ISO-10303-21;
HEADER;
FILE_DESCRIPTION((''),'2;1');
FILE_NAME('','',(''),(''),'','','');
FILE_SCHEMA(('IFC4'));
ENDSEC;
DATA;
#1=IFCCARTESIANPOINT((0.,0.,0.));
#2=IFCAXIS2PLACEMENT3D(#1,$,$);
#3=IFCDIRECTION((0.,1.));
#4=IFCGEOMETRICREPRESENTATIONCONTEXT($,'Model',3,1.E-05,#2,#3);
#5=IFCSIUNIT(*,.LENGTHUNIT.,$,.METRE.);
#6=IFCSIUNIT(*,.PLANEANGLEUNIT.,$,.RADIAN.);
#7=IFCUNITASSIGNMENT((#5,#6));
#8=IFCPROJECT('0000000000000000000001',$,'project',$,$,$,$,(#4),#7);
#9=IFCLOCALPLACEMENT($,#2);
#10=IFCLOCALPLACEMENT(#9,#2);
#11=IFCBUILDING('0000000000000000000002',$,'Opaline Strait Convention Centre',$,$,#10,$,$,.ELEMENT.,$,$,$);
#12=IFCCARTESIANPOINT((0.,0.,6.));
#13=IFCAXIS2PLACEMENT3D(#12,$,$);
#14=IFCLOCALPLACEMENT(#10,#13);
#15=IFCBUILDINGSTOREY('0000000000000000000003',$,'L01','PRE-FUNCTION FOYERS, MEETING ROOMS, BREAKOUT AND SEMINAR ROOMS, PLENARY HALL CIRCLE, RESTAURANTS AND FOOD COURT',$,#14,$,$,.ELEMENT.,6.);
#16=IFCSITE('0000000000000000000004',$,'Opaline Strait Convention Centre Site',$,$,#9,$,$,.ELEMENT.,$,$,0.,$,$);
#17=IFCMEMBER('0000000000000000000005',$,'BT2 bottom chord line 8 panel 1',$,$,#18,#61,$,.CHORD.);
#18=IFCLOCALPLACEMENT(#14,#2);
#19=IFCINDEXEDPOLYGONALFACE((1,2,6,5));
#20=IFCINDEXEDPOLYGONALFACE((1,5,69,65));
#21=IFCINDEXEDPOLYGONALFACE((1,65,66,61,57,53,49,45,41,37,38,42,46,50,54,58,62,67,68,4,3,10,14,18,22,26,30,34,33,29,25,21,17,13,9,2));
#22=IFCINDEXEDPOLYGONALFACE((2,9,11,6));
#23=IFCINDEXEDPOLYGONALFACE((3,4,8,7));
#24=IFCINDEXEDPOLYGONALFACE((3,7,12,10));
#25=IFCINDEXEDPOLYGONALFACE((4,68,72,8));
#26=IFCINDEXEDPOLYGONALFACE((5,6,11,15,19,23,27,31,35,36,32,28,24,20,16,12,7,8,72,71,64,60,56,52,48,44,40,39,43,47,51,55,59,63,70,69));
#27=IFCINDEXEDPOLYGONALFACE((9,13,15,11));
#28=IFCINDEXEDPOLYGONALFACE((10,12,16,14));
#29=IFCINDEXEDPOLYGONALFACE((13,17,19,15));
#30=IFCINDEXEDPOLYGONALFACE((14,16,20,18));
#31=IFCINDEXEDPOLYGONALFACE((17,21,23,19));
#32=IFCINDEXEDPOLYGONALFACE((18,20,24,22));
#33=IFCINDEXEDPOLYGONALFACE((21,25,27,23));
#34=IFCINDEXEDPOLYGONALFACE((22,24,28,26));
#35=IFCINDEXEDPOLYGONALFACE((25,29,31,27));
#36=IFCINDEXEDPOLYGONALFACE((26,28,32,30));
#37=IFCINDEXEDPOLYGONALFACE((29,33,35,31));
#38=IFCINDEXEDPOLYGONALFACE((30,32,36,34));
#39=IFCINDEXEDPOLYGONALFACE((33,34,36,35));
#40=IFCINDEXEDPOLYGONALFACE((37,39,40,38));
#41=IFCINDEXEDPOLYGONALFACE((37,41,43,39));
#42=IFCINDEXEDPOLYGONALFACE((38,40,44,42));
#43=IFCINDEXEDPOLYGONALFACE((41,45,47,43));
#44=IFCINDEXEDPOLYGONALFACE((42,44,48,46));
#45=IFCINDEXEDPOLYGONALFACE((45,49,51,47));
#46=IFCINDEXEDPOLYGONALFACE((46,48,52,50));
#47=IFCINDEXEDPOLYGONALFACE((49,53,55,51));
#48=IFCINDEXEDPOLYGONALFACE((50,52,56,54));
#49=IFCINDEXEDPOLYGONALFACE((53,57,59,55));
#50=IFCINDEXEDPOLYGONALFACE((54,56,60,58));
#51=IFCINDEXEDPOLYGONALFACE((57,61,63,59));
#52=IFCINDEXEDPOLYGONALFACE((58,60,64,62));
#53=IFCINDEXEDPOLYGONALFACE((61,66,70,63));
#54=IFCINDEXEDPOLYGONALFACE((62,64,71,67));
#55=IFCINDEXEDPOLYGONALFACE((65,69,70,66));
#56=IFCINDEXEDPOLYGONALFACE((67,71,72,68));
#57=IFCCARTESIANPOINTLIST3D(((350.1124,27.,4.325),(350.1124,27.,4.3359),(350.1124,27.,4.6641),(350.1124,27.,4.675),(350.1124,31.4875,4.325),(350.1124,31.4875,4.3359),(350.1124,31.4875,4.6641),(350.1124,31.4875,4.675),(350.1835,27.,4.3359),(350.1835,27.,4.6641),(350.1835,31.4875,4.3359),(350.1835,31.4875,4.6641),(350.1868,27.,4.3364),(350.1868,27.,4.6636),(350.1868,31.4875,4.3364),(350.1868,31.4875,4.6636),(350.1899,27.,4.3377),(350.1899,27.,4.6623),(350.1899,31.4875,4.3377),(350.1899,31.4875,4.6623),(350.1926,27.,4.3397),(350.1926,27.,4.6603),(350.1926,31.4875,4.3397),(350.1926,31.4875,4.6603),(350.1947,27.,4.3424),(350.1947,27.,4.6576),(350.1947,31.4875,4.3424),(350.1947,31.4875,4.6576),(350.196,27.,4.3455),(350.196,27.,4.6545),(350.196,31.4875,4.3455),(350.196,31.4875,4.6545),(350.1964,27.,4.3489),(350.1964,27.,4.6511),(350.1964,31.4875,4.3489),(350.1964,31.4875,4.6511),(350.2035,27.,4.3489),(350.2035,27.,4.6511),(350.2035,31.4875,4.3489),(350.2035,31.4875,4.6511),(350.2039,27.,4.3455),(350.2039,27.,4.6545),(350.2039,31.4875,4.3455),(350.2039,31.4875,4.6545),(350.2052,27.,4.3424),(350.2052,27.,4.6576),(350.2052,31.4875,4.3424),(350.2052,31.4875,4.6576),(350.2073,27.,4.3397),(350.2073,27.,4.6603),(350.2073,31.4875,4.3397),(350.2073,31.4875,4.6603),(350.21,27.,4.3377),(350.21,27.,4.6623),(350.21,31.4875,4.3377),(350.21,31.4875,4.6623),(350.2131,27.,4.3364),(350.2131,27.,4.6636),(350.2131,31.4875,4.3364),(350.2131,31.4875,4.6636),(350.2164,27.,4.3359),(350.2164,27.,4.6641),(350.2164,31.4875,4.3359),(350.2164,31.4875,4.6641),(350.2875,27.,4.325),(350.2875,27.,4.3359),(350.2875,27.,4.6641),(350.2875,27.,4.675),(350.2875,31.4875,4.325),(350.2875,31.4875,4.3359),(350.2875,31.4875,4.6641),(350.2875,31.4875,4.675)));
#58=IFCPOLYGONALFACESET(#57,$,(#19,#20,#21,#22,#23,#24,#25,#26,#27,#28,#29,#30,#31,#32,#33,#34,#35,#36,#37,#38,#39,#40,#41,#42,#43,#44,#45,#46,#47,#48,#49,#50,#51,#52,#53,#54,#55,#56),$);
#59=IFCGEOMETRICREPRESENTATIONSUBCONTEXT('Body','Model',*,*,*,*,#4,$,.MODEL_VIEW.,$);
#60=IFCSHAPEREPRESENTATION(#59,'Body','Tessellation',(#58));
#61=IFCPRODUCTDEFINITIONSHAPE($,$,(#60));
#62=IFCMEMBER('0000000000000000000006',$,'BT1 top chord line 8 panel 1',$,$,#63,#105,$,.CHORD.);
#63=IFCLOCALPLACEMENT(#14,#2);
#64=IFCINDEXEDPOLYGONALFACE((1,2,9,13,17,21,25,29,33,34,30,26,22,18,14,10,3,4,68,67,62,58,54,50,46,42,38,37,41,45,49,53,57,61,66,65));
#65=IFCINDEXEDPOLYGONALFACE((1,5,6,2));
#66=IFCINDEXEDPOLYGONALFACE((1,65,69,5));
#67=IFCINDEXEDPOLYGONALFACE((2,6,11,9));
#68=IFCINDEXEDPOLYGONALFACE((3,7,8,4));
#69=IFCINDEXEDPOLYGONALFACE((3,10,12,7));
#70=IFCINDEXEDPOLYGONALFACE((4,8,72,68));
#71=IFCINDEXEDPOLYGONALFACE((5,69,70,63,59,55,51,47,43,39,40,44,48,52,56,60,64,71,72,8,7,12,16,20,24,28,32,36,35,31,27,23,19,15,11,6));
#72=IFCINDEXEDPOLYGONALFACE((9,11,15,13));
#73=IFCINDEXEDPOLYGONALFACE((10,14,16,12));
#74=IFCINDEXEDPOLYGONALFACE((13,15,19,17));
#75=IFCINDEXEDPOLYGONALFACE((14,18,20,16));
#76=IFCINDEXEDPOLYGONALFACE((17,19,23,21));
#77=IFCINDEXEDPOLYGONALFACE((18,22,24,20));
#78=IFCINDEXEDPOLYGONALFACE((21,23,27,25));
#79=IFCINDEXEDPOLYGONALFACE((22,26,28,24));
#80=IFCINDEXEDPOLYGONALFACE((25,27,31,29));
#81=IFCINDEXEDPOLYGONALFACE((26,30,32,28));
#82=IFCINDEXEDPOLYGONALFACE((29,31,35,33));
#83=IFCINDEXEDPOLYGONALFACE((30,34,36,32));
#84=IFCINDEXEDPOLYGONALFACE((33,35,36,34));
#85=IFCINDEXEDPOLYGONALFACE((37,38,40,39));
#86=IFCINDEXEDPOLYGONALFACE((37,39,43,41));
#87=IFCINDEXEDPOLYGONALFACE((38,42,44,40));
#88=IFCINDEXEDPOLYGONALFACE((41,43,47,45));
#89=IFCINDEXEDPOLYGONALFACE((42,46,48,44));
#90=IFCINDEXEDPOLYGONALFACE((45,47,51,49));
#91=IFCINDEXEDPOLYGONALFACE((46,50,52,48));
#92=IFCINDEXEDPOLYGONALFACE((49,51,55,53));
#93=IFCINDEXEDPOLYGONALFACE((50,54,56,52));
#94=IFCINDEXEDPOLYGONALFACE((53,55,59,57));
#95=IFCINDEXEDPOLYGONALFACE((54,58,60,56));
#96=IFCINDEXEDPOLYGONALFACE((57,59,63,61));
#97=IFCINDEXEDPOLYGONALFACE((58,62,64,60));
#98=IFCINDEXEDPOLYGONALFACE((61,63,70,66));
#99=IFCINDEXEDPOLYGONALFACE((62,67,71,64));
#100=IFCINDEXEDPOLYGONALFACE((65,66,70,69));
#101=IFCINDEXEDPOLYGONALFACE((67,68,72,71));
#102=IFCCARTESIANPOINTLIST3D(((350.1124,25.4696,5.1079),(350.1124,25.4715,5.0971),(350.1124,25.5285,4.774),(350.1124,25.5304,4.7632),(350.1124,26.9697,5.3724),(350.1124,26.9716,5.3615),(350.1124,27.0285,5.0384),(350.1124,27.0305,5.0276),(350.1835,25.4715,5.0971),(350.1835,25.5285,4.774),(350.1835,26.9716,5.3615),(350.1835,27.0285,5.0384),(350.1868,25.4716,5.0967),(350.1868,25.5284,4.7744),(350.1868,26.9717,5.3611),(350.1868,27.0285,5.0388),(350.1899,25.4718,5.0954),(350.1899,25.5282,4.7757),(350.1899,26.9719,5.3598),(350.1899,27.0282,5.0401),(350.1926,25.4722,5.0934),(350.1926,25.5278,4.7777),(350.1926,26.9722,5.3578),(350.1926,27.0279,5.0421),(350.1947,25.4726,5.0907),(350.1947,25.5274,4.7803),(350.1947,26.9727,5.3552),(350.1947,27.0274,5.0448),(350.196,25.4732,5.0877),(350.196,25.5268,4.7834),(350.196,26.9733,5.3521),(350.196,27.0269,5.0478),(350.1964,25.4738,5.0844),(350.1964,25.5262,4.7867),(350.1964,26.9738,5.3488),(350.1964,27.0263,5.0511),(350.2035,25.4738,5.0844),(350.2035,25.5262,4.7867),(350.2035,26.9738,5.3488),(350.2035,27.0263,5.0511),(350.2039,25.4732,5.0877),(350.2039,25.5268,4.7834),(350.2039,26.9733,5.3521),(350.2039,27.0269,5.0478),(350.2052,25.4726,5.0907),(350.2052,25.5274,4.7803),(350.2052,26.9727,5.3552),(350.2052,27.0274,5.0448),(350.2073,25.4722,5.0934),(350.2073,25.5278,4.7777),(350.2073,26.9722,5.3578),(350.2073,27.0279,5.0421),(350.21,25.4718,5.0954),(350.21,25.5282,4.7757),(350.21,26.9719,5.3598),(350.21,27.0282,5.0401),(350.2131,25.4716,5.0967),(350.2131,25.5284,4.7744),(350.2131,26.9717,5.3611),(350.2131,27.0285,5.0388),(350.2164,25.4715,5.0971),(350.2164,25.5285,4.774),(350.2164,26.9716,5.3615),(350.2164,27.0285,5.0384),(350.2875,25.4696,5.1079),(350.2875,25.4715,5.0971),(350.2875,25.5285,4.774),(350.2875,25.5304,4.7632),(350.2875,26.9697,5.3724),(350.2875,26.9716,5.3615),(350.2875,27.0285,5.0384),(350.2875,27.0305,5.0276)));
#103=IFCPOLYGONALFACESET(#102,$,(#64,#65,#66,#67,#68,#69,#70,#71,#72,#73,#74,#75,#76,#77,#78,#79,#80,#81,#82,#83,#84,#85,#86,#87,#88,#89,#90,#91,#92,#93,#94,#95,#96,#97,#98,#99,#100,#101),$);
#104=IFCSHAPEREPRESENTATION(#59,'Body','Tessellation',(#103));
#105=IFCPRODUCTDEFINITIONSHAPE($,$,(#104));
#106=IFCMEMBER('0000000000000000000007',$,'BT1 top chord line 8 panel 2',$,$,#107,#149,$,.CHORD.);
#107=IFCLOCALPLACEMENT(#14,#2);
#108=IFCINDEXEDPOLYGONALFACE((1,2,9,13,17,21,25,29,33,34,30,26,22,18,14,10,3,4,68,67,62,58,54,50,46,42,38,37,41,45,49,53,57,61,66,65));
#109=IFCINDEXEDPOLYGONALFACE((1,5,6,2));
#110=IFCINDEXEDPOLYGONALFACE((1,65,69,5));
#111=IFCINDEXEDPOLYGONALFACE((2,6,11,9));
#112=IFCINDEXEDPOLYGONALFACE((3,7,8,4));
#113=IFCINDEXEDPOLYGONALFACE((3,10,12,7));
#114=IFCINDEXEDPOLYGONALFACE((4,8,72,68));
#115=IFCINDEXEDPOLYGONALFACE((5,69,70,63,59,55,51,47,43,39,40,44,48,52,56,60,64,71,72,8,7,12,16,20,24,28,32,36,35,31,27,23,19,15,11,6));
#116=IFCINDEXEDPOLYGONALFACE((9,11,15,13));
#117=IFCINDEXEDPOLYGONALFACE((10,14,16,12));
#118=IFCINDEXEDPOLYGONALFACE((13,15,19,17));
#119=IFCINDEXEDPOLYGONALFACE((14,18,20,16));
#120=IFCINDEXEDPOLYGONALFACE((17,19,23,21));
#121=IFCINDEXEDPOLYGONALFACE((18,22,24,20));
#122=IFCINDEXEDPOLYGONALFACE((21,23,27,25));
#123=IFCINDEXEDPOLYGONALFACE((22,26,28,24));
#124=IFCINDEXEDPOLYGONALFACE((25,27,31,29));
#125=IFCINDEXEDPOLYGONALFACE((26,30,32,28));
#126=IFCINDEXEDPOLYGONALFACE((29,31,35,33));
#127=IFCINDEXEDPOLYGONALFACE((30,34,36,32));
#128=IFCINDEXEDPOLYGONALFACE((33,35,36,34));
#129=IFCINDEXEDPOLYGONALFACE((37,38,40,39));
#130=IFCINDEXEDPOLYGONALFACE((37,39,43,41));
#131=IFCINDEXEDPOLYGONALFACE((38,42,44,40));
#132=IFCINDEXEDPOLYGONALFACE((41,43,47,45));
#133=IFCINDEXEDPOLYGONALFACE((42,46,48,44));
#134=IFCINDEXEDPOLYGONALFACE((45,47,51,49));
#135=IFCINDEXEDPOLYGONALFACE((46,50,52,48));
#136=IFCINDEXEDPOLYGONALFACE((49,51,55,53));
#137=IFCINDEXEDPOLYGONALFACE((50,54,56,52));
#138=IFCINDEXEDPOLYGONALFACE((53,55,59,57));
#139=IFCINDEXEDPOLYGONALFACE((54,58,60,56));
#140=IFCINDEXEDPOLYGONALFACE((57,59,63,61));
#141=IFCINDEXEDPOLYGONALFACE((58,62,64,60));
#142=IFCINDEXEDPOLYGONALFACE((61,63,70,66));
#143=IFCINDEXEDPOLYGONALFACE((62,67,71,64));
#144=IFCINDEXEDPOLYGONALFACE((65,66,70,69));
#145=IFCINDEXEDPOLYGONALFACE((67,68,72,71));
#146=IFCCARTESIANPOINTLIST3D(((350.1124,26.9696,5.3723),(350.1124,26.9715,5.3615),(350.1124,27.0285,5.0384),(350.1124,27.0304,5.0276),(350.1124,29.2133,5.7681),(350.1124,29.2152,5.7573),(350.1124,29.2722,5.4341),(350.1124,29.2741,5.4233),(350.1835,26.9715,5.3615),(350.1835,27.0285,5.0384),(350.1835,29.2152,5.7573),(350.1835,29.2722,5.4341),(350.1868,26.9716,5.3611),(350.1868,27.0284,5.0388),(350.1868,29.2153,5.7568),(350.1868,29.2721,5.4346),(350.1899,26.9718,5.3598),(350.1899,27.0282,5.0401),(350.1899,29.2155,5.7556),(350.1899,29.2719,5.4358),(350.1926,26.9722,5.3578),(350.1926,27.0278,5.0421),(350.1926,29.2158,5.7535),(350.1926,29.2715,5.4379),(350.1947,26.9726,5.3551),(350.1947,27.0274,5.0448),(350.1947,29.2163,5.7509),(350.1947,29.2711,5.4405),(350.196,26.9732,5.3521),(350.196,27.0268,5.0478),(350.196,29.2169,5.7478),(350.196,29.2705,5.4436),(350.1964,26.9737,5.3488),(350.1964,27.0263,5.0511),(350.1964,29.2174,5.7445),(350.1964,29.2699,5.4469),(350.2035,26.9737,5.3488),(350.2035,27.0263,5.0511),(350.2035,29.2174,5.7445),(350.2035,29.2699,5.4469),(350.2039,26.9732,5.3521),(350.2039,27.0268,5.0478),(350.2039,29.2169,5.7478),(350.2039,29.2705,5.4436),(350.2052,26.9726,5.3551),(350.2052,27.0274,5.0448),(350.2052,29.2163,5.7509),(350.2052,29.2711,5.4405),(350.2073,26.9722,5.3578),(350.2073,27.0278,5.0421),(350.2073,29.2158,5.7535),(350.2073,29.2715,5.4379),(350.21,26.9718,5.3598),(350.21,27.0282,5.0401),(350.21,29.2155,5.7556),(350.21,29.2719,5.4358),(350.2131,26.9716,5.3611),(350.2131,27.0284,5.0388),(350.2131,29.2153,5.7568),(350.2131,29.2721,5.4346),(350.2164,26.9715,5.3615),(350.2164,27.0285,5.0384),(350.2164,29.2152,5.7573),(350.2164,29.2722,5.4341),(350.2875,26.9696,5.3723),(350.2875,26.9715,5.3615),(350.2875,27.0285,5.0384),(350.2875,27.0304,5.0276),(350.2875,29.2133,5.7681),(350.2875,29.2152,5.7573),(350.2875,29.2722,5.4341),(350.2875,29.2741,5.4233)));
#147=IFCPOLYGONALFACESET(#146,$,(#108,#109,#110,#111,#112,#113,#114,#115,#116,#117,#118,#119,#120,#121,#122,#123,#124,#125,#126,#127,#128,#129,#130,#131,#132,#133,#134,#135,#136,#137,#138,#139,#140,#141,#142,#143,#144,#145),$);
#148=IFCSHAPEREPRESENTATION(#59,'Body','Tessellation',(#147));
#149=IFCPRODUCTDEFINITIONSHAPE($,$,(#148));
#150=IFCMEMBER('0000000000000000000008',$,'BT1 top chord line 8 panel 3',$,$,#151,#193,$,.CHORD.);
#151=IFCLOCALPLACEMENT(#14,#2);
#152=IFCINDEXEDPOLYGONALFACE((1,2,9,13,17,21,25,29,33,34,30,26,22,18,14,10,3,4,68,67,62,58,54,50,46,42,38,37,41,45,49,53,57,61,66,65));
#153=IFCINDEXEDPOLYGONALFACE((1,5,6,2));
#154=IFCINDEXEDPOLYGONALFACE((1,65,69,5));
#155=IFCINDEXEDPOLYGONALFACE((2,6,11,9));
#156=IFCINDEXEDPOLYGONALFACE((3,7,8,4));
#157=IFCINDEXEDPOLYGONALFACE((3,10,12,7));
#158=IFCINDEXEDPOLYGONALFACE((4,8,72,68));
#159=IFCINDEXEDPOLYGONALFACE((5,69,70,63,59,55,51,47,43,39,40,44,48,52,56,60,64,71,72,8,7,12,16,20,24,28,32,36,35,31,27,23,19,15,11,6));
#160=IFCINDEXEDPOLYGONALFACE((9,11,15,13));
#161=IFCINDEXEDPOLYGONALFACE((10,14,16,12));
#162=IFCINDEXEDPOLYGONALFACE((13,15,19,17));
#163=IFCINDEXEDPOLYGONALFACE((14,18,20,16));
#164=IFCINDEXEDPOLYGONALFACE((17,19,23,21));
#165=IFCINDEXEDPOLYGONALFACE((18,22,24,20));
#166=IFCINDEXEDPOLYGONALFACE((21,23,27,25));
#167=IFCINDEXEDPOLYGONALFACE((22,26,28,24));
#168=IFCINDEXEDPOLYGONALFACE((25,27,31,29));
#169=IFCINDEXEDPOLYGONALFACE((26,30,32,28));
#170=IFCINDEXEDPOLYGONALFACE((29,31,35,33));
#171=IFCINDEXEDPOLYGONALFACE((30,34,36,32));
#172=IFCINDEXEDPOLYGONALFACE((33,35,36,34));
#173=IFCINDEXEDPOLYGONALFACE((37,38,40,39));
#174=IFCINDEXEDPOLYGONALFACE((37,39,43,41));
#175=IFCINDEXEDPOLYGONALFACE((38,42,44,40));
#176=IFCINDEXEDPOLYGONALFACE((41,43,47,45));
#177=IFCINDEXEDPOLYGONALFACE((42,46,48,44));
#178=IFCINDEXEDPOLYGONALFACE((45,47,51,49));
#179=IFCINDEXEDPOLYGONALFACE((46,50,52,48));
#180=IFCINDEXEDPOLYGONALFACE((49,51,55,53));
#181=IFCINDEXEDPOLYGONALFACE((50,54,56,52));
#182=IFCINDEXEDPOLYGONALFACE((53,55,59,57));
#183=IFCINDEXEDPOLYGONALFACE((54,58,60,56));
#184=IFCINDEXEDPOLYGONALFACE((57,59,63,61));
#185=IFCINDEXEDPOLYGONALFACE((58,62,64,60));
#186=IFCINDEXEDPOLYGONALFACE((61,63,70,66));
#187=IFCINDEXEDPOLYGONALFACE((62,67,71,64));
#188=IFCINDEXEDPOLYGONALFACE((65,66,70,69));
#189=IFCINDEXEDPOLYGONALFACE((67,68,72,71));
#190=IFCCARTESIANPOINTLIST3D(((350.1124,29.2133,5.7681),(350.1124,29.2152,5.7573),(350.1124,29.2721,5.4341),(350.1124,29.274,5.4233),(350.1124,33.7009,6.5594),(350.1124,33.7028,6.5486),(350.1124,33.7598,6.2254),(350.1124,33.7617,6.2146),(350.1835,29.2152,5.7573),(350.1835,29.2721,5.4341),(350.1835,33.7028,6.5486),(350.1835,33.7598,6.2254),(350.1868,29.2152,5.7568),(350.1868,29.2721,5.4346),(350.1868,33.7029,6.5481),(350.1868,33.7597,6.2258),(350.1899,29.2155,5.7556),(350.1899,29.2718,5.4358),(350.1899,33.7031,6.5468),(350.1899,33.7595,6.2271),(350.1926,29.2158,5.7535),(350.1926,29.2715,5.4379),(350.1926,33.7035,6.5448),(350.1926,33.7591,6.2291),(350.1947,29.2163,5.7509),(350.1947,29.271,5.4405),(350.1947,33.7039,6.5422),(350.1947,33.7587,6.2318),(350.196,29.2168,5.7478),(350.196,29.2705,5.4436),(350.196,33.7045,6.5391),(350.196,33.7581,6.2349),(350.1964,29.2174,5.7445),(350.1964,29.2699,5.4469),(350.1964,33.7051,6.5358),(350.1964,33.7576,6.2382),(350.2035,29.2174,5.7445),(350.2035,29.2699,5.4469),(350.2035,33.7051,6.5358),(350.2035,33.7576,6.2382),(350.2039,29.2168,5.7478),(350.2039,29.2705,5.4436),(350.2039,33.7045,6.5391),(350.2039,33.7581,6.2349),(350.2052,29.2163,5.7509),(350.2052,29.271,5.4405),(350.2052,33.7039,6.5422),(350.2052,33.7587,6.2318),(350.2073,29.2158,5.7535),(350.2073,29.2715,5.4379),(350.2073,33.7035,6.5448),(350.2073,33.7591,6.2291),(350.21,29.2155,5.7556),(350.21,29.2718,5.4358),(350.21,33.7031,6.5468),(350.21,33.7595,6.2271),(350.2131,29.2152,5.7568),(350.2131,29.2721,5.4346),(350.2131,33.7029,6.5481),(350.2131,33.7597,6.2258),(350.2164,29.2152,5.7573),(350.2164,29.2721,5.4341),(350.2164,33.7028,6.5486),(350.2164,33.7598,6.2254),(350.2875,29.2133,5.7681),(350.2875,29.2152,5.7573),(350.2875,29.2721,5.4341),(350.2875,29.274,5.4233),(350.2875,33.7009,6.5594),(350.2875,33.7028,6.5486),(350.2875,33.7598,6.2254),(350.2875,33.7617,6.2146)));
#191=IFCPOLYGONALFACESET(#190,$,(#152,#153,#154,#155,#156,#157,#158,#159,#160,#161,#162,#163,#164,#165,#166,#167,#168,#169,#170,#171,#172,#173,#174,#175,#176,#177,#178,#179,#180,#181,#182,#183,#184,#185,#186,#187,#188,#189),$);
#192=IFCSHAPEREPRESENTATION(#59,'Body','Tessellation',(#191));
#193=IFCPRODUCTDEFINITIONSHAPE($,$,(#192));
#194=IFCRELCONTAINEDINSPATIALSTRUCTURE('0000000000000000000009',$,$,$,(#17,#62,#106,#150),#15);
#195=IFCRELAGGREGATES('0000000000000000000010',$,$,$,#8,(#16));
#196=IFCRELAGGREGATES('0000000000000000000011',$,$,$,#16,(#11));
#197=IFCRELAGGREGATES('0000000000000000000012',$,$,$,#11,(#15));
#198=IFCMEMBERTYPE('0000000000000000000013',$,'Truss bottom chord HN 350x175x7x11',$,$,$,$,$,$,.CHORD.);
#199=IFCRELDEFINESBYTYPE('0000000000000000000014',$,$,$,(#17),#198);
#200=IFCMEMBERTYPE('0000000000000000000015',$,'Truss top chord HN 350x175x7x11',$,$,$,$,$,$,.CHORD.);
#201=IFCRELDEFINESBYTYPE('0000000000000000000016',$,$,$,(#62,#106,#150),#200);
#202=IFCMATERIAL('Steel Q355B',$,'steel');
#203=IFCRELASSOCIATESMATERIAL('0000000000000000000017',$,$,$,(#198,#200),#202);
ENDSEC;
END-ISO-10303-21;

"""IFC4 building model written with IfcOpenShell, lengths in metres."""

from ifc_helpers import new_model, si_unit, direction, frame, origin, origin_2d, place, context, subcontext, project, spatial, i_section, extrude, material, material_profile, profile_set, type_object, element, save


model = new_model("IFC4")

# Units and contexts
model_context = context("Model", 3, precision=1e-05, world=origin(), true_north=direction((0.0, 1.0)))
body_context = subcontext(model_context, "Body", "Model", "MODEL_VIEW")
ifc_project = project(units=[si_unit("LENGTHUNIT", "METRE"), si_unit("PLANEANGLEUNIT", "RADIAN")], contexts=[model_context])

# Site, building, storey
site_placement = place(None, origin())
site = spatial("IfcSite", under=ifc_project, at=site_placement, Name="Opaline Strait Convention Centre Site", CompositionType="ELEMENT", RefElevation=0.0)
building_placement = place(site_placement, origin())
building = spatial("IfcBuilding", under=site, at=building_placement, Name="Opaline Strait Convention Centre", CompositionType="ELEMENT")
storey_placement = place(building_placement, frame((0.0, 0.0, 6.0)))
storey = spatial("IfcBuildingStorey", under=building, at=storey_placement, Name="L01", Description="PRE-FUNCTION FOYERS, MEETING ROOMS, BREAKOUT AND SEMINAR ROOMS, PLENARY HALL CIRCLE, RESTAURANTS AND FOOD COURT", CompositionType="ELEMENT", Elevation=6.0)

# Members
ifc_material_1 = material(Name="Steel Q355B", Category="steel")
ifc_material_profile_1 = material_profile(ifc_material_1, i_section(OverallWidth=0.175, OverallDepth=0.3501, WebThickness=0.0071, FlangeThickness=0.011, FilletRadius=0.0129, at=origin_2d()), Name="HN 350x175x7x11")
ifc_profile_set_1 = profile_set([ifc_material_profile_1], Name="Steel Q355B")
member_type_1 = type_object("IfcMemberType", Name="Truss bottom chord HN 350x175x7x11", PredefinedType="CHORD", material=ifc_profile_set_1)
member_1_placement = place(storey_placement, frame((350.2, 27.0, 4.5), z_axis=(0.0, 1.0, 0.0), x_axis=(-1.0, 0.0, 0.0)))
element("IfcMember", 1, at=member_1_placement, inside=storey, type_object=member_type_1, Name="BT2 bottom chord line 8 panel 1", PredefinedType="CHORD", context=body_context, shape_type="SweptSolid", body=[
    extrude(i_section(OverallWidth=0.175, OverallDepth=0.3501, WebThickness=0.0071, FlangeThickness=0.011, FilletRadius=0.0129, at=origin_2d()), origin(), (0.0, 0.0, 1.0), 4.4875),
])
ifc_material_profile_2 = material_profile(ifc_material_1, i_section(OverallWidth=0.175, OverallDepth=0.3501, WebThickness=0.0071, FlangeThickness=0.011, FilletRadius=0.0129, at=origin_2d()), Name="HN 350x175x7x11")
ifc_profile_set_2 = profile_set([ifc_material_profile_2], Name="Steel Q355B")
member_type_2 = type_object("IfcMemberType", Name="Truss top chord HN 350x175x7x11", PredefinedType="CHORD", material=ifc_profile_set_2)
member_2_placement = place(storey_placement, frame((350.2, 25.5, 4.9355), z_axis=(0.0, 0.984817, 0.173593), x_axis=(-1.0, 0.0, 0.0)))
element("IfcMember", 2, at=member_2_placement, inside=storey, type_object=member_type_2, Name="BT1 top chord line 8 panel 1", PredefinedType="CHORD", context=body_context, shape_type="SweptSolid", body=[
    extrude(i_section(OverallWidth=0.175, OverallDepth=0.3501, WebThickness=0.0071, FlangeThickness=0.011, FilletRadius=0.0129, at=origin_2d()), origin(), (0.0, 0.0, 1.0), 1.5232),
])
member_3_placement = place(storey_placement, frame((350.2, 27.0, 5.2), z_axis=(0.0, 0.984798, 0.173706), x_axis=(-1.0, 0.0, 0.0)))
element("IfcMember", 3, at=member_3_placement, inside=storey, type_object=member_type_2, Name="BT1 top chord line 8 panel 2", PredefinedType="CHORD", context=body_context, shape_type="SweptSolid", body=[
    extrude(i_section(OverallWidth=0.175, OverallDepth=0.3501, WebThickness=0.0071, FlangeThickness=0.011, FilletRadius=0.0129, at=origin_2d()), origin(), (0.0, 0.0, 1.0), 2.2783),
])
member_4_placement = place(storey_placement, frame((350.2, 29.2437, 5.5957), z_axis=(0.0, 0.984808, 0.173645), x_axis=(-1.0, 0.0, 0.0)))
element("IfcMember", 4, at=member_4_placement, inside=storey, type_object=member_type_2, Name="BT1 top chord line 8 panel 3", PredefinedType="CHORD", context=body_context, shape_type="SweptSolid", body=[
    extrude(i_section(OverallWidth=0.175, OverallDepth=0.3501, WebThickness=0.0071, FlangeThickness=0.011, FilletRadius=0.0129, at=origin_2d()), origin(), (0.0, 0.0, 1.0), 4.5569),
])

save(model, "model.ifc")
